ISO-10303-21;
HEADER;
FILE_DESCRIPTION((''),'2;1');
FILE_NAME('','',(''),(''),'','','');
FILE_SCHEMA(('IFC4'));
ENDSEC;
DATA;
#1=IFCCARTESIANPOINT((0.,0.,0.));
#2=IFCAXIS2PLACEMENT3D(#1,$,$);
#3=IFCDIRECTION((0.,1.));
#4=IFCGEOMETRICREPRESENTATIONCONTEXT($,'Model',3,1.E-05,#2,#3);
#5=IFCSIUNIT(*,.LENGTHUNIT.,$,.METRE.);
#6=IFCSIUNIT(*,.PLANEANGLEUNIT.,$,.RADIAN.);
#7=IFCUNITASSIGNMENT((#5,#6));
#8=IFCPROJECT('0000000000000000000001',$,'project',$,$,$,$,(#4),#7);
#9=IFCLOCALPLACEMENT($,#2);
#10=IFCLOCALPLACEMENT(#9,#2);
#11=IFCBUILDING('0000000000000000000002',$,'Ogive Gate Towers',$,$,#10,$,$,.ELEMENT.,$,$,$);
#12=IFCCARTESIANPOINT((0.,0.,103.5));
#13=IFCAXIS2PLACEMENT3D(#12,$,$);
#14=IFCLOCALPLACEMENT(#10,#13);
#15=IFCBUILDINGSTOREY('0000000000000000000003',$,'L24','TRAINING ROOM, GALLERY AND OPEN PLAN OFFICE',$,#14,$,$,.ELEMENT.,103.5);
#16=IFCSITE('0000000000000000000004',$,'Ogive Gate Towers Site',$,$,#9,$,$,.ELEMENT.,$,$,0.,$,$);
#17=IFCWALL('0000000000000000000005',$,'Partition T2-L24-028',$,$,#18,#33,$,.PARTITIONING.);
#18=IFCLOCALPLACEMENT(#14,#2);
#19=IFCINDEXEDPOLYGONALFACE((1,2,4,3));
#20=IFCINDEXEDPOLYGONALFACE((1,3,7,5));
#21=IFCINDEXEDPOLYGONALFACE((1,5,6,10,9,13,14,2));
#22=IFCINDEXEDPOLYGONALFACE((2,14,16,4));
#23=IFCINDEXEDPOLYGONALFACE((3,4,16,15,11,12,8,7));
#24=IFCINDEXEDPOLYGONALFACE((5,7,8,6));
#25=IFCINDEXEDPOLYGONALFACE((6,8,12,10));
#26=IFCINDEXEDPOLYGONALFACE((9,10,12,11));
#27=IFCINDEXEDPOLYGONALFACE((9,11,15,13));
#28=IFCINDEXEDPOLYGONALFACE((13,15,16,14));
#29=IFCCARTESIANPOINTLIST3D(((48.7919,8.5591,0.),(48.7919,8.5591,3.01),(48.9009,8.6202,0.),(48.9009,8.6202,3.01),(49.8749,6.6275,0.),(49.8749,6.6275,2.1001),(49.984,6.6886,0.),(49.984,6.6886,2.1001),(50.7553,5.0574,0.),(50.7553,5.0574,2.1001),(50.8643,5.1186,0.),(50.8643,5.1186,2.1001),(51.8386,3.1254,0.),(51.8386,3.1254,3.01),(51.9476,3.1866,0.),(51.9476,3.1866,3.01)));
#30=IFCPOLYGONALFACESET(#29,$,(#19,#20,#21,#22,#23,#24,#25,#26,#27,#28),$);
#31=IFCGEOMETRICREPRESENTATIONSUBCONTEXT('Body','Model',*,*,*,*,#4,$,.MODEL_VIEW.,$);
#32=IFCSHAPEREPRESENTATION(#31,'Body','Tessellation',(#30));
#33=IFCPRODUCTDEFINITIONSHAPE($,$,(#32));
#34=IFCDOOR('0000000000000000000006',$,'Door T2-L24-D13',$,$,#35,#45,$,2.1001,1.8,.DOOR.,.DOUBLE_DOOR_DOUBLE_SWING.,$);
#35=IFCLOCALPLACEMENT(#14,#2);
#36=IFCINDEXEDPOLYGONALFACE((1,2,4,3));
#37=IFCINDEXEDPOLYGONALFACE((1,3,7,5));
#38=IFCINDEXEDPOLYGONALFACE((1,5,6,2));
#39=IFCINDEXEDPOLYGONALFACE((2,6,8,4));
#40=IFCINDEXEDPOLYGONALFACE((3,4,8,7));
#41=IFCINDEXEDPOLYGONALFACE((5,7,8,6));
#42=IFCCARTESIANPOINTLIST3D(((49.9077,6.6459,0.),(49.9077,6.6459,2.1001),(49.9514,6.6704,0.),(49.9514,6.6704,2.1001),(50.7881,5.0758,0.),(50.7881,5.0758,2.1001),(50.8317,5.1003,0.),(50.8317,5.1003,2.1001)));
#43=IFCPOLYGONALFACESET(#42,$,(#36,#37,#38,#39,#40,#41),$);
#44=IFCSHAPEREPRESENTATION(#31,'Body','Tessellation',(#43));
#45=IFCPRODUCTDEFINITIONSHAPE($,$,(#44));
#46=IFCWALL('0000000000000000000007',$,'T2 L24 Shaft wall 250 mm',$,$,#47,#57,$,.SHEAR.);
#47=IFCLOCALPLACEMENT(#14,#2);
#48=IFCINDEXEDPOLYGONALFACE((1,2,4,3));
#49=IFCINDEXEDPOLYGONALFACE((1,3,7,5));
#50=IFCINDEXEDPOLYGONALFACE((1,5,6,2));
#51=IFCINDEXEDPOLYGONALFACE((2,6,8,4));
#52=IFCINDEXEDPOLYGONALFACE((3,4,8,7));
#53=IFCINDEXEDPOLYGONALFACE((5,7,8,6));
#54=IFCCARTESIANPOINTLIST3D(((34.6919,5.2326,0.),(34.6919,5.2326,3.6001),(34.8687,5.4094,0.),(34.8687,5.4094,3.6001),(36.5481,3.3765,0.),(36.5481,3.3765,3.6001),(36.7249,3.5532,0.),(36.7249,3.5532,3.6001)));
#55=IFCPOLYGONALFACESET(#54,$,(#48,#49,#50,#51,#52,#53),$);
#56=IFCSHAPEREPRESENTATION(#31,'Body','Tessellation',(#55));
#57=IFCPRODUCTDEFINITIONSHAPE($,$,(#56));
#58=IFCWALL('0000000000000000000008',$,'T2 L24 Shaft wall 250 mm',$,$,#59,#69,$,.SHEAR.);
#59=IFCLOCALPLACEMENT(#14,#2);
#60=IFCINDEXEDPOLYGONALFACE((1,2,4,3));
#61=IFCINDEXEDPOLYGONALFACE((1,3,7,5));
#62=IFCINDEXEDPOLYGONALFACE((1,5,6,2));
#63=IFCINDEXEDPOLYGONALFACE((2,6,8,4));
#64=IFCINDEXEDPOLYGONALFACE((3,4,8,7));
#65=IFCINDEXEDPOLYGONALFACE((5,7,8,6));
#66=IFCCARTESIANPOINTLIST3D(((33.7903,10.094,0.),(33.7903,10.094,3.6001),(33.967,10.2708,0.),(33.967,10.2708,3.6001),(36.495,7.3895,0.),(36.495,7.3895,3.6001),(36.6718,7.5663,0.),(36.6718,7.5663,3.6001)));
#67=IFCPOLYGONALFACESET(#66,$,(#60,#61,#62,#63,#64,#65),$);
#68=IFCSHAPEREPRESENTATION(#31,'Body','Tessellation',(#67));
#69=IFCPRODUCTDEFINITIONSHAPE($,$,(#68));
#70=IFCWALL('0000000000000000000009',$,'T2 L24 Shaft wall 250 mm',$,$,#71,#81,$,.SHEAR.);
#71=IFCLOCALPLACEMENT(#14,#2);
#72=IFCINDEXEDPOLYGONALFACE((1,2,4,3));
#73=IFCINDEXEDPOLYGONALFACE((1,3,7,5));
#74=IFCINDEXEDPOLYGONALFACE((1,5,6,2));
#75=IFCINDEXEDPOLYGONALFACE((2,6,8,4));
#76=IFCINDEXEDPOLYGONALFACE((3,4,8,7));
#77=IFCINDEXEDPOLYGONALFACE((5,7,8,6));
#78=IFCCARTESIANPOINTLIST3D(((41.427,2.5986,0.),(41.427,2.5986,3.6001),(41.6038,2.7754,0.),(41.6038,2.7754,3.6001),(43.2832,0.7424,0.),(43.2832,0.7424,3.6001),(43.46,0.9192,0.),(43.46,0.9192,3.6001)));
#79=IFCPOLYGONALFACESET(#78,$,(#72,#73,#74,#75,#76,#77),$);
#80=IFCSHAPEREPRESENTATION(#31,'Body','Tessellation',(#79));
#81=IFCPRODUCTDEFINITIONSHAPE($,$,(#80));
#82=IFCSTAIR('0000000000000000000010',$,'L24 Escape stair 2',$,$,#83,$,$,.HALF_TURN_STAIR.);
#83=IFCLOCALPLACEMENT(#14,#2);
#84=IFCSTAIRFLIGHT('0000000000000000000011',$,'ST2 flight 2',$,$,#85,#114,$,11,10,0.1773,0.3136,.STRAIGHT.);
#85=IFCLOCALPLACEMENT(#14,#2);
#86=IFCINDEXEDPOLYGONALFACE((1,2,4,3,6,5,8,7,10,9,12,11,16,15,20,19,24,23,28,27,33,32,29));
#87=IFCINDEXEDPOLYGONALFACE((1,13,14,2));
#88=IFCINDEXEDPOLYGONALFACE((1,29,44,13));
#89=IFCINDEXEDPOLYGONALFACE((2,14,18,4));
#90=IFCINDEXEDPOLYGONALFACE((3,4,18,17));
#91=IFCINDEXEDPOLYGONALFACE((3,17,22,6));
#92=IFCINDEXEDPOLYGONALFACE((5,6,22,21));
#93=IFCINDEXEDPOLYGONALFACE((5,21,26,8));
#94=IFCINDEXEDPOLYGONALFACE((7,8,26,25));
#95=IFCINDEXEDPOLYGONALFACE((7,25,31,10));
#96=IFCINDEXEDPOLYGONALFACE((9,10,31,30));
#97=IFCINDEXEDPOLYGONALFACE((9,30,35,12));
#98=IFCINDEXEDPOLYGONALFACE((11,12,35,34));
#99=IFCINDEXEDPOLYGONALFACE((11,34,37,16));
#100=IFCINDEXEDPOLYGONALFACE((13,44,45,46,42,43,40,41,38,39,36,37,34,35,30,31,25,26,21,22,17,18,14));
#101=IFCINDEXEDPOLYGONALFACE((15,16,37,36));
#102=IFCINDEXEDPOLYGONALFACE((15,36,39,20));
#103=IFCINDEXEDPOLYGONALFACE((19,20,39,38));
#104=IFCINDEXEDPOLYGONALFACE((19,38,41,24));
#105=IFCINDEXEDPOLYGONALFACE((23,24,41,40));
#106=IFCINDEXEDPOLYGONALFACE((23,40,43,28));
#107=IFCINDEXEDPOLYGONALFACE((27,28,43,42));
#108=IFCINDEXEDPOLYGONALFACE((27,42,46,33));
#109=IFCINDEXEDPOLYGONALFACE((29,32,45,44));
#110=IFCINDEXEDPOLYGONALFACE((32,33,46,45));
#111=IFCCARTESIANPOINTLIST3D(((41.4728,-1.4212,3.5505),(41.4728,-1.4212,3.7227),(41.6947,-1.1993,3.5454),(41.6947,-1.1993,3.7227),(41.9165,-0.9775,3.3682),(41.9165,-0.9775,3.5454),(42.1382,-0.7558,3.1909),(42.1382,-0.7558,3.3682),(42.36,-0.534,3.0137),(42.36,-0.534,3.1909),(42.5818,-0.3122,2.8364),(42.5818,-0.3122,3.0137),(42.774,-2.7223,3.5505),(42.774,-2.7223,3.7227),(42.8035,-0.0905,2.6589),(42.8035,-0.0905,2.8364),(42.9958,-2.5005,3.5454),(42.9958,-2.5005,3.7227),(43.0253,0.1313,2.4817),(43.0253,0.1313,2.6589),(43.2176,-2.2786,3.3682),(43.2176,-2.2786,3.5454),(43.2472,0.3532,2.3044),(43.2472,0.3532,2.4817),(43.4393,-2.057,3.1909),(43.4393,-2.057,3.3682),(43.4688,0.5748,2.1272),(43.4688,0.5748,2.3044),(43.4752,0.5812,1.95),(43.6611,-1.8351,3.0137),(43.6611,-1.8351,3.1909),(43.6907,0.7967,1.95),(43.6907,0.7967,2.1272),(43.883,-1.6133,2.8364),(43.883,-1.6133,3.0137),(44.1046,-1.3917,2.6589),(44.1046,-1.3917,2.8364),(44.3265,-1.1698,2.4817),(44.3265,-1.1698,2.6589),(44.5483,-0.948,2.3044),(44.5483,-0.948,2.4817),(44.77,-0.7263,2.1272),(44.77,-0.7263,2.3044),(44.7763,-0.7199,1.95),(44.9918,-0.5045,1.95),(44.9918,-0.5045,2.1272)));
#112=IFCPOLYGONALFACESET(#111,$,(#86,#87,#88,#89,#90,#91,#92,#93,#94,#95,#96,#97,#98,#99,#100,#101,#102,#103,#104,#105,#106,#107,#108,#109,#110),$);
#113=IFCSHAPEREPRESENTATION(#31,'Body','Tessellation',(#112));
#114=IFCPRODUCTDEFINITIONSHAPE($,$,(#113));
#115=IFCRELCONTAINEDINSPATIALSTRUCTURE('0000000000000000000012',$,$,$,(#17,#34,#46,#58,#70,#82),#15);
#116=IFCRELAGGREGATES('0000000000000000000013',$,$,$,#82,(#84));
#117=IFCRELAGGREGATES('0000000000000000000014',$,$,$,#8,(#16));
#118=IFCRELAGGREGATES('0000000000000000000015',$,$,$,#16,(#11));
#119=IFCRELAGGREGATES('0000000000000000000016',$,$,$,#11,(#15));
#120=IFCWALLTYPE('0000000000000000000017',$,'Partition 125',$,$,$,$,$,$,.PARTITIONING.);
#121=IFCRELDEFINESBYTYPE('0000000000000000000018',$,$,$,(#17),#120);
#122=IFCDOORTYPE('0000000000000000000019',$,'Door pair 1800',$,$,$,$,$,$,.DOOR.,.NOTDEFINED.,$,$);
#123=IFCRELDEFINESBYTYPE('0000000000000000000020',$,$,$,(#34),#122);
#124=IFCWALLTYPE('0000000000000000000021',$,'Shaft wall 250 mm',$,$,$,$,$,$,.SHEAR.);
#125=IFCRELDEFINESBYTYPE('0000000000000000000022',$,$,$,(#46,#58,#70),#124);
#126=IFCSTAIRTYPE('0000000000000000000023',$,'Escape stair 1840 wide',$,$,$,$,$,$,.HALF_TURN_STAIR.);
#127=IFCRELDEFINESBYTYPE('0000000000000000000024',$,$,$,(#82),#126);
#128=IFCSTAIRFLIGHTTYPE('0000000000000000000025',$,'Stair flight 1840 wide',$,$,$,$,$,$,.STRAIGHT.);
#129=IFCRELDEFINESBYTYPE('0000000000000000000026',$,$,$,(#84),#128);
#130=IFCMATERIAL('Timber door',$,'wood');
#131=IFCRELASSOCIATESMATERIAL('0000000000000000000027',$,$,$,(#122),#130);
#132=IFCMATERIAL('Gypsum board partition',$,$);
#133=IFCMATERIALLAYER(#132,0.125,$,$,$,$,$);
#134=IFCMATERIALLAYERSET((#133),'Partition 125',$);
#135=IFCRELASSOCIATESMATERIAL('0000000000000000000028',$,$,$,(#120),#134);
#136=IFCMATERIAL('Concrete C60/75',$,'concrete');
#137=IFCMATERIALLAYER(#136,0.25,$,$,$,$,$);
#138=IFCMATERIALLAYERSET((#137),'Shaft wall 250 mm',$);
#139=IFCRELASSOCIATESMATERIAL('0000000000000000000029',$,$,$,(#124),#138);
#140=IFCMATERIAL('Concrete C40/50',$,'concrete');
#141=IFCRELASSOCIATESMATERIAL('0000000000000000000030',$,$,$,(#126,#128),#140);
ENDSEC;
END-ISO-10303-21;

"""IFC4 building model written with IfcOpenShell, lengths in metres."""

from ifc_helpers import new_model, si_unit, direction, frame, frame_2d, origin, place, context, subcontext, project, spatial, polyline, rectangle, outline, extrude, material, layer, layer_set, type_object, element, fill, aggregate, save


model = new_model("IFC4")

# Units and contexts
model_context = context("Model", 3, precision=1e-05, world=origin(), true_north=direction((0.0, 1.0)))
body_context = subcontext(model_context, "Body", "Model", "MODEL_VIEW")
ifc_project = project(units=[si_unit("LENGTHUNIT", "METRE"), si_unit("PLANEANGLEUNIT", "RADIAN")], contexts=[model_context])

# Site, building, storey
site_placement = place(None, origin())
site = spatial("IfcSite", under=ifc_project, at=site_placement, Name="Ogive Gate Towers Site", CompositionType="ELEMENT", RefElevation=0.0)
building_placement = place(site_placement, origin())
building = spatial("IfcBuilding", under=site, at=building_placement, Name="Ogive Gate Towers", CompositionType="ELEMENT")
storey_placement = place(building_placement, frame((0.0, 0.0, 103.5)))
storey = spatial("IfcBuildingStorey", under=building, at=storey_placement, Name="L24", Description="TRAINING ROOM, GALLERY AND OPEN PLAN OFFICE", CompositionType="ELEMENT", Elevation=103.5)

# Shared definitions
ifc_material_1 = material(Name="Concrete C40/50", Category="concrete")

# Shared definitions
ifc_material_2 = material(Name="Timber door", Category="wood")
door_type_1 = type_object("IfcDoorType", Name="Door pair 1800", OperationType="NOTDEFINED", PredefinedType="DOOR", material=ifc_material_2)
ifc_material_3 = material(Name="Concrete C60/75", Category="concrete")

# Shared definitions
ifc_material_4 = material(Name="Gypsum board partition")
ifc_layer_1 = layer(ifc_material_4, 0.125)
ifc_layer_set_1 = layer_set([ifc_layer_1], Name="Partition 125")
wall_type_1 = type_object("IfcWallType", Name="Partition 125", PredefinedType="PARTITIONING", material=ifc_layer_set_1)

# Wall, opening, door
wall_1_placement = place(storey_placement, frame((51.8931, 3.156, 0.0), z_axis=(0.0, 0.0, 1.0), x_axis=(-0.48907, 0.872245, 0.0)))
wall_1 = element("IfcWall", 1, at=wall_1_placement, inside=storey, type_object=wall_type_1, Name="Partition T2-L24-028", PredefinedType="PARTITIONING", context=body_context, shape_type="SweptSolid", body=[
    extrude(rectangle(XDim=6.2295, YDim=0.125, at=frame_2d((3.1147, 0.0))), origin(), (0.0, 0.0, 1.0), 3.01),
])
opening_1_placement = place(wall_1_placement, frame((2.2151, 0.0, 0.0)))
opening_1 = element("IfcOpeningElement", 2, at=opening_1_placement, cuts=wall_1, PredefinedType="OPENING", context=body_context, shape_type="SweptSolid", body=[
    extrude(rectangle(XDim=1.8, YDim=2.1001, at=frame_2d((0.8999, 1.05))), frame((0.0, 0.0725, 0.0), z_axis=(0.0, -1.0, 0.0), x_axis=(1.0, 0.0, 0.0)), (0.0, 0.0, 1.0), 0.145),
])
door_1_placement = place(opening_1_placement, origin())
door_1 = element("IfcDoor", 3, at=door_1_placement, inside=storey, type_object=door_type_1, Name="Door T2-L24-D13", OperationType="DOUBLE_DOOR_DOUBLE_SWING", OverallHeight=2.1001, OverallWidth=1.8, PredefinedType="DOOR", context=body_context, shape_type="SweptSolid", body=[
    extrude(rectangle(XDim=1.8, YDim=2.1001, at=frame_2d((0.8999, 1.05))), frame((0.0, 0.0249, 0.0), z_axis=(0.0, -1.0, 0.0), x_axis=(1.0, 0.0, 0.0)), (0.0, 0.0, 1.0), 0.05),
])
fill(opening_1, door_1)

# Walls
ifc_layer_2 = layer(ifc_material_3, 0.25)
ifc_layer_set_2 = layer_set([ifc_layer_2], Name="Shaft wall 250 mm")
wall_type_2 = type_object("IfcWallType", Name="Shaft wall 250 mm", PredefinedType="SHEAR", material=ifc_layer_set_2)
wall_2_placement = place(storey_placement, frame((36.6365, 3.4648, 0.0), z_axis=(0.0, 0.0, 1.0), x_axis=(-0.707107, 0.707107, 0.0)))
element("IfcWall", 4, at=wall_2_placement, inside=storey, type_object=wall_type_2, Name="T2 L24 Shaft wall 250 mm", PredefinedType="SHEAR", context=body_context, shape_type="SweptSolid", body=[
    extrude(rectangle(XDim=2.625, YDim=0.25, at=frame_2d((1.3125, 0.0))), origin(), (0.0, 0.0, 1.0), 3.6001),
])
wall_3_placement = place(storey_placement, frame((36.5835, 7.4778, 0.0), z_axis=(0.0, 0.0, 1.0), x_axis=(-0.707139, 0.707075, 0.0)))
element("IfcWall", 5, at=wall_3_placement, inside=storey, type_object=wall_type_2, Name="T2 L24 Shaft wall 250 mm", PredefinedType="SHEAR", context=body_context, shape_type="SweptSolid", body=[
    extrude(rectangle(XDim=3.825, YDim=0.25, at=frame_2d((1.9126, 0.0))), origin(), (0.0, 0.0, 1.0), 3.6001),
])
wall_4_placement = place(storey_placement, frame((43.3716, 0.8308, 0.0), z_axis=(0.0, 0.0, 1.0), x_axis=(-0.707107, 0.707107, 0.0)))
element("IfcWall", 6, at=wall_4_placement, inside=storey, type_object=wall_type_2, Name="T2 L24 Shaft wall 250 mm", PredefinedType="SHEAR", context=body_context, shape_type="SweptSolid", body=[
    extrude(rectangle(XDim=2.625, YDim=0.25, at=frame_2d((1.3125, 0.0))), origin(), (0.0, 0.0, 1.0), 3.6001),
])

# Stair, stair flight
stair_type = type_object("IfcStairType", Name="Escape stair 1840 wide", PredefinedType="HALF_TURN_STAIR", material=ifc_material_1)
stair_placement = place(storey_placement, origin())
stair = element("IfcStair", 7, at=stair_placement, inside=storey, type_object=stair_type, Name="L24 Escape stair 2", PredefinedType="HALF_TURN_STAIR")
stair_flight_type = type_object("IfcStairFlightType", Name="Stair flight 1840 wide", PredefinedType="STRAIGHT", material=ifc_material_1)
stair_flight_placement = place(storey_placement, frame((44.3413, 0.146, 1.95), z_axis=(0.0, 0.0, 1.0), x_axis=(-0.707107, -0.707107, 0.0)))
stair_flight = element("IfcStairFlight", 8, at=stair_flight_placement, type_object=stair_flight_type, Name="ST2 flight 2", NumberOfRisers=11, NumberOfTreads=10, PredefinedType="STRAIGHT", RiserHeight=0.1773, TreadLength=0.3136, context=body_context, shape_type="SweptSolid", body=[
    extrude(outline(polyline([(0.0, 0.0), (0.0, 0.1772), (0.3137, 0.1772), (0.3137, 0.3545), (0.6272, 0.3545), (0.6272, 0.5317), (0.9409, 0.5317), (0.9409, 0.709), (1.2546, 0.709), (1.2546, 0.8865), (1.5681, 0.8865), (1.5681, 1.0637), (1.8818, 1.0637), (1.8818, 1.241), (2.1956, 1.241), (2.1956, 1.4182), (2.509, 1.4182), (2.509, 1.5955), (2.8228, 1.5955), (2.8228, 1.7727), (3.1365, 1.7727), (3.1365, 1.95), (3.1365, 1.6006), (0.3047, 0.0), (0.0, 0.0)])), frame((0.0, 0.9199, 0.0), z_axis=(0.0, -1.0, 0.0), x_axis=(1.0, 0.0, 0.0)), (0.0, 0.0, 1.0), 1.8401),
])
aggregate(stair, [stair_flight])

save(model, "model.ifc")
